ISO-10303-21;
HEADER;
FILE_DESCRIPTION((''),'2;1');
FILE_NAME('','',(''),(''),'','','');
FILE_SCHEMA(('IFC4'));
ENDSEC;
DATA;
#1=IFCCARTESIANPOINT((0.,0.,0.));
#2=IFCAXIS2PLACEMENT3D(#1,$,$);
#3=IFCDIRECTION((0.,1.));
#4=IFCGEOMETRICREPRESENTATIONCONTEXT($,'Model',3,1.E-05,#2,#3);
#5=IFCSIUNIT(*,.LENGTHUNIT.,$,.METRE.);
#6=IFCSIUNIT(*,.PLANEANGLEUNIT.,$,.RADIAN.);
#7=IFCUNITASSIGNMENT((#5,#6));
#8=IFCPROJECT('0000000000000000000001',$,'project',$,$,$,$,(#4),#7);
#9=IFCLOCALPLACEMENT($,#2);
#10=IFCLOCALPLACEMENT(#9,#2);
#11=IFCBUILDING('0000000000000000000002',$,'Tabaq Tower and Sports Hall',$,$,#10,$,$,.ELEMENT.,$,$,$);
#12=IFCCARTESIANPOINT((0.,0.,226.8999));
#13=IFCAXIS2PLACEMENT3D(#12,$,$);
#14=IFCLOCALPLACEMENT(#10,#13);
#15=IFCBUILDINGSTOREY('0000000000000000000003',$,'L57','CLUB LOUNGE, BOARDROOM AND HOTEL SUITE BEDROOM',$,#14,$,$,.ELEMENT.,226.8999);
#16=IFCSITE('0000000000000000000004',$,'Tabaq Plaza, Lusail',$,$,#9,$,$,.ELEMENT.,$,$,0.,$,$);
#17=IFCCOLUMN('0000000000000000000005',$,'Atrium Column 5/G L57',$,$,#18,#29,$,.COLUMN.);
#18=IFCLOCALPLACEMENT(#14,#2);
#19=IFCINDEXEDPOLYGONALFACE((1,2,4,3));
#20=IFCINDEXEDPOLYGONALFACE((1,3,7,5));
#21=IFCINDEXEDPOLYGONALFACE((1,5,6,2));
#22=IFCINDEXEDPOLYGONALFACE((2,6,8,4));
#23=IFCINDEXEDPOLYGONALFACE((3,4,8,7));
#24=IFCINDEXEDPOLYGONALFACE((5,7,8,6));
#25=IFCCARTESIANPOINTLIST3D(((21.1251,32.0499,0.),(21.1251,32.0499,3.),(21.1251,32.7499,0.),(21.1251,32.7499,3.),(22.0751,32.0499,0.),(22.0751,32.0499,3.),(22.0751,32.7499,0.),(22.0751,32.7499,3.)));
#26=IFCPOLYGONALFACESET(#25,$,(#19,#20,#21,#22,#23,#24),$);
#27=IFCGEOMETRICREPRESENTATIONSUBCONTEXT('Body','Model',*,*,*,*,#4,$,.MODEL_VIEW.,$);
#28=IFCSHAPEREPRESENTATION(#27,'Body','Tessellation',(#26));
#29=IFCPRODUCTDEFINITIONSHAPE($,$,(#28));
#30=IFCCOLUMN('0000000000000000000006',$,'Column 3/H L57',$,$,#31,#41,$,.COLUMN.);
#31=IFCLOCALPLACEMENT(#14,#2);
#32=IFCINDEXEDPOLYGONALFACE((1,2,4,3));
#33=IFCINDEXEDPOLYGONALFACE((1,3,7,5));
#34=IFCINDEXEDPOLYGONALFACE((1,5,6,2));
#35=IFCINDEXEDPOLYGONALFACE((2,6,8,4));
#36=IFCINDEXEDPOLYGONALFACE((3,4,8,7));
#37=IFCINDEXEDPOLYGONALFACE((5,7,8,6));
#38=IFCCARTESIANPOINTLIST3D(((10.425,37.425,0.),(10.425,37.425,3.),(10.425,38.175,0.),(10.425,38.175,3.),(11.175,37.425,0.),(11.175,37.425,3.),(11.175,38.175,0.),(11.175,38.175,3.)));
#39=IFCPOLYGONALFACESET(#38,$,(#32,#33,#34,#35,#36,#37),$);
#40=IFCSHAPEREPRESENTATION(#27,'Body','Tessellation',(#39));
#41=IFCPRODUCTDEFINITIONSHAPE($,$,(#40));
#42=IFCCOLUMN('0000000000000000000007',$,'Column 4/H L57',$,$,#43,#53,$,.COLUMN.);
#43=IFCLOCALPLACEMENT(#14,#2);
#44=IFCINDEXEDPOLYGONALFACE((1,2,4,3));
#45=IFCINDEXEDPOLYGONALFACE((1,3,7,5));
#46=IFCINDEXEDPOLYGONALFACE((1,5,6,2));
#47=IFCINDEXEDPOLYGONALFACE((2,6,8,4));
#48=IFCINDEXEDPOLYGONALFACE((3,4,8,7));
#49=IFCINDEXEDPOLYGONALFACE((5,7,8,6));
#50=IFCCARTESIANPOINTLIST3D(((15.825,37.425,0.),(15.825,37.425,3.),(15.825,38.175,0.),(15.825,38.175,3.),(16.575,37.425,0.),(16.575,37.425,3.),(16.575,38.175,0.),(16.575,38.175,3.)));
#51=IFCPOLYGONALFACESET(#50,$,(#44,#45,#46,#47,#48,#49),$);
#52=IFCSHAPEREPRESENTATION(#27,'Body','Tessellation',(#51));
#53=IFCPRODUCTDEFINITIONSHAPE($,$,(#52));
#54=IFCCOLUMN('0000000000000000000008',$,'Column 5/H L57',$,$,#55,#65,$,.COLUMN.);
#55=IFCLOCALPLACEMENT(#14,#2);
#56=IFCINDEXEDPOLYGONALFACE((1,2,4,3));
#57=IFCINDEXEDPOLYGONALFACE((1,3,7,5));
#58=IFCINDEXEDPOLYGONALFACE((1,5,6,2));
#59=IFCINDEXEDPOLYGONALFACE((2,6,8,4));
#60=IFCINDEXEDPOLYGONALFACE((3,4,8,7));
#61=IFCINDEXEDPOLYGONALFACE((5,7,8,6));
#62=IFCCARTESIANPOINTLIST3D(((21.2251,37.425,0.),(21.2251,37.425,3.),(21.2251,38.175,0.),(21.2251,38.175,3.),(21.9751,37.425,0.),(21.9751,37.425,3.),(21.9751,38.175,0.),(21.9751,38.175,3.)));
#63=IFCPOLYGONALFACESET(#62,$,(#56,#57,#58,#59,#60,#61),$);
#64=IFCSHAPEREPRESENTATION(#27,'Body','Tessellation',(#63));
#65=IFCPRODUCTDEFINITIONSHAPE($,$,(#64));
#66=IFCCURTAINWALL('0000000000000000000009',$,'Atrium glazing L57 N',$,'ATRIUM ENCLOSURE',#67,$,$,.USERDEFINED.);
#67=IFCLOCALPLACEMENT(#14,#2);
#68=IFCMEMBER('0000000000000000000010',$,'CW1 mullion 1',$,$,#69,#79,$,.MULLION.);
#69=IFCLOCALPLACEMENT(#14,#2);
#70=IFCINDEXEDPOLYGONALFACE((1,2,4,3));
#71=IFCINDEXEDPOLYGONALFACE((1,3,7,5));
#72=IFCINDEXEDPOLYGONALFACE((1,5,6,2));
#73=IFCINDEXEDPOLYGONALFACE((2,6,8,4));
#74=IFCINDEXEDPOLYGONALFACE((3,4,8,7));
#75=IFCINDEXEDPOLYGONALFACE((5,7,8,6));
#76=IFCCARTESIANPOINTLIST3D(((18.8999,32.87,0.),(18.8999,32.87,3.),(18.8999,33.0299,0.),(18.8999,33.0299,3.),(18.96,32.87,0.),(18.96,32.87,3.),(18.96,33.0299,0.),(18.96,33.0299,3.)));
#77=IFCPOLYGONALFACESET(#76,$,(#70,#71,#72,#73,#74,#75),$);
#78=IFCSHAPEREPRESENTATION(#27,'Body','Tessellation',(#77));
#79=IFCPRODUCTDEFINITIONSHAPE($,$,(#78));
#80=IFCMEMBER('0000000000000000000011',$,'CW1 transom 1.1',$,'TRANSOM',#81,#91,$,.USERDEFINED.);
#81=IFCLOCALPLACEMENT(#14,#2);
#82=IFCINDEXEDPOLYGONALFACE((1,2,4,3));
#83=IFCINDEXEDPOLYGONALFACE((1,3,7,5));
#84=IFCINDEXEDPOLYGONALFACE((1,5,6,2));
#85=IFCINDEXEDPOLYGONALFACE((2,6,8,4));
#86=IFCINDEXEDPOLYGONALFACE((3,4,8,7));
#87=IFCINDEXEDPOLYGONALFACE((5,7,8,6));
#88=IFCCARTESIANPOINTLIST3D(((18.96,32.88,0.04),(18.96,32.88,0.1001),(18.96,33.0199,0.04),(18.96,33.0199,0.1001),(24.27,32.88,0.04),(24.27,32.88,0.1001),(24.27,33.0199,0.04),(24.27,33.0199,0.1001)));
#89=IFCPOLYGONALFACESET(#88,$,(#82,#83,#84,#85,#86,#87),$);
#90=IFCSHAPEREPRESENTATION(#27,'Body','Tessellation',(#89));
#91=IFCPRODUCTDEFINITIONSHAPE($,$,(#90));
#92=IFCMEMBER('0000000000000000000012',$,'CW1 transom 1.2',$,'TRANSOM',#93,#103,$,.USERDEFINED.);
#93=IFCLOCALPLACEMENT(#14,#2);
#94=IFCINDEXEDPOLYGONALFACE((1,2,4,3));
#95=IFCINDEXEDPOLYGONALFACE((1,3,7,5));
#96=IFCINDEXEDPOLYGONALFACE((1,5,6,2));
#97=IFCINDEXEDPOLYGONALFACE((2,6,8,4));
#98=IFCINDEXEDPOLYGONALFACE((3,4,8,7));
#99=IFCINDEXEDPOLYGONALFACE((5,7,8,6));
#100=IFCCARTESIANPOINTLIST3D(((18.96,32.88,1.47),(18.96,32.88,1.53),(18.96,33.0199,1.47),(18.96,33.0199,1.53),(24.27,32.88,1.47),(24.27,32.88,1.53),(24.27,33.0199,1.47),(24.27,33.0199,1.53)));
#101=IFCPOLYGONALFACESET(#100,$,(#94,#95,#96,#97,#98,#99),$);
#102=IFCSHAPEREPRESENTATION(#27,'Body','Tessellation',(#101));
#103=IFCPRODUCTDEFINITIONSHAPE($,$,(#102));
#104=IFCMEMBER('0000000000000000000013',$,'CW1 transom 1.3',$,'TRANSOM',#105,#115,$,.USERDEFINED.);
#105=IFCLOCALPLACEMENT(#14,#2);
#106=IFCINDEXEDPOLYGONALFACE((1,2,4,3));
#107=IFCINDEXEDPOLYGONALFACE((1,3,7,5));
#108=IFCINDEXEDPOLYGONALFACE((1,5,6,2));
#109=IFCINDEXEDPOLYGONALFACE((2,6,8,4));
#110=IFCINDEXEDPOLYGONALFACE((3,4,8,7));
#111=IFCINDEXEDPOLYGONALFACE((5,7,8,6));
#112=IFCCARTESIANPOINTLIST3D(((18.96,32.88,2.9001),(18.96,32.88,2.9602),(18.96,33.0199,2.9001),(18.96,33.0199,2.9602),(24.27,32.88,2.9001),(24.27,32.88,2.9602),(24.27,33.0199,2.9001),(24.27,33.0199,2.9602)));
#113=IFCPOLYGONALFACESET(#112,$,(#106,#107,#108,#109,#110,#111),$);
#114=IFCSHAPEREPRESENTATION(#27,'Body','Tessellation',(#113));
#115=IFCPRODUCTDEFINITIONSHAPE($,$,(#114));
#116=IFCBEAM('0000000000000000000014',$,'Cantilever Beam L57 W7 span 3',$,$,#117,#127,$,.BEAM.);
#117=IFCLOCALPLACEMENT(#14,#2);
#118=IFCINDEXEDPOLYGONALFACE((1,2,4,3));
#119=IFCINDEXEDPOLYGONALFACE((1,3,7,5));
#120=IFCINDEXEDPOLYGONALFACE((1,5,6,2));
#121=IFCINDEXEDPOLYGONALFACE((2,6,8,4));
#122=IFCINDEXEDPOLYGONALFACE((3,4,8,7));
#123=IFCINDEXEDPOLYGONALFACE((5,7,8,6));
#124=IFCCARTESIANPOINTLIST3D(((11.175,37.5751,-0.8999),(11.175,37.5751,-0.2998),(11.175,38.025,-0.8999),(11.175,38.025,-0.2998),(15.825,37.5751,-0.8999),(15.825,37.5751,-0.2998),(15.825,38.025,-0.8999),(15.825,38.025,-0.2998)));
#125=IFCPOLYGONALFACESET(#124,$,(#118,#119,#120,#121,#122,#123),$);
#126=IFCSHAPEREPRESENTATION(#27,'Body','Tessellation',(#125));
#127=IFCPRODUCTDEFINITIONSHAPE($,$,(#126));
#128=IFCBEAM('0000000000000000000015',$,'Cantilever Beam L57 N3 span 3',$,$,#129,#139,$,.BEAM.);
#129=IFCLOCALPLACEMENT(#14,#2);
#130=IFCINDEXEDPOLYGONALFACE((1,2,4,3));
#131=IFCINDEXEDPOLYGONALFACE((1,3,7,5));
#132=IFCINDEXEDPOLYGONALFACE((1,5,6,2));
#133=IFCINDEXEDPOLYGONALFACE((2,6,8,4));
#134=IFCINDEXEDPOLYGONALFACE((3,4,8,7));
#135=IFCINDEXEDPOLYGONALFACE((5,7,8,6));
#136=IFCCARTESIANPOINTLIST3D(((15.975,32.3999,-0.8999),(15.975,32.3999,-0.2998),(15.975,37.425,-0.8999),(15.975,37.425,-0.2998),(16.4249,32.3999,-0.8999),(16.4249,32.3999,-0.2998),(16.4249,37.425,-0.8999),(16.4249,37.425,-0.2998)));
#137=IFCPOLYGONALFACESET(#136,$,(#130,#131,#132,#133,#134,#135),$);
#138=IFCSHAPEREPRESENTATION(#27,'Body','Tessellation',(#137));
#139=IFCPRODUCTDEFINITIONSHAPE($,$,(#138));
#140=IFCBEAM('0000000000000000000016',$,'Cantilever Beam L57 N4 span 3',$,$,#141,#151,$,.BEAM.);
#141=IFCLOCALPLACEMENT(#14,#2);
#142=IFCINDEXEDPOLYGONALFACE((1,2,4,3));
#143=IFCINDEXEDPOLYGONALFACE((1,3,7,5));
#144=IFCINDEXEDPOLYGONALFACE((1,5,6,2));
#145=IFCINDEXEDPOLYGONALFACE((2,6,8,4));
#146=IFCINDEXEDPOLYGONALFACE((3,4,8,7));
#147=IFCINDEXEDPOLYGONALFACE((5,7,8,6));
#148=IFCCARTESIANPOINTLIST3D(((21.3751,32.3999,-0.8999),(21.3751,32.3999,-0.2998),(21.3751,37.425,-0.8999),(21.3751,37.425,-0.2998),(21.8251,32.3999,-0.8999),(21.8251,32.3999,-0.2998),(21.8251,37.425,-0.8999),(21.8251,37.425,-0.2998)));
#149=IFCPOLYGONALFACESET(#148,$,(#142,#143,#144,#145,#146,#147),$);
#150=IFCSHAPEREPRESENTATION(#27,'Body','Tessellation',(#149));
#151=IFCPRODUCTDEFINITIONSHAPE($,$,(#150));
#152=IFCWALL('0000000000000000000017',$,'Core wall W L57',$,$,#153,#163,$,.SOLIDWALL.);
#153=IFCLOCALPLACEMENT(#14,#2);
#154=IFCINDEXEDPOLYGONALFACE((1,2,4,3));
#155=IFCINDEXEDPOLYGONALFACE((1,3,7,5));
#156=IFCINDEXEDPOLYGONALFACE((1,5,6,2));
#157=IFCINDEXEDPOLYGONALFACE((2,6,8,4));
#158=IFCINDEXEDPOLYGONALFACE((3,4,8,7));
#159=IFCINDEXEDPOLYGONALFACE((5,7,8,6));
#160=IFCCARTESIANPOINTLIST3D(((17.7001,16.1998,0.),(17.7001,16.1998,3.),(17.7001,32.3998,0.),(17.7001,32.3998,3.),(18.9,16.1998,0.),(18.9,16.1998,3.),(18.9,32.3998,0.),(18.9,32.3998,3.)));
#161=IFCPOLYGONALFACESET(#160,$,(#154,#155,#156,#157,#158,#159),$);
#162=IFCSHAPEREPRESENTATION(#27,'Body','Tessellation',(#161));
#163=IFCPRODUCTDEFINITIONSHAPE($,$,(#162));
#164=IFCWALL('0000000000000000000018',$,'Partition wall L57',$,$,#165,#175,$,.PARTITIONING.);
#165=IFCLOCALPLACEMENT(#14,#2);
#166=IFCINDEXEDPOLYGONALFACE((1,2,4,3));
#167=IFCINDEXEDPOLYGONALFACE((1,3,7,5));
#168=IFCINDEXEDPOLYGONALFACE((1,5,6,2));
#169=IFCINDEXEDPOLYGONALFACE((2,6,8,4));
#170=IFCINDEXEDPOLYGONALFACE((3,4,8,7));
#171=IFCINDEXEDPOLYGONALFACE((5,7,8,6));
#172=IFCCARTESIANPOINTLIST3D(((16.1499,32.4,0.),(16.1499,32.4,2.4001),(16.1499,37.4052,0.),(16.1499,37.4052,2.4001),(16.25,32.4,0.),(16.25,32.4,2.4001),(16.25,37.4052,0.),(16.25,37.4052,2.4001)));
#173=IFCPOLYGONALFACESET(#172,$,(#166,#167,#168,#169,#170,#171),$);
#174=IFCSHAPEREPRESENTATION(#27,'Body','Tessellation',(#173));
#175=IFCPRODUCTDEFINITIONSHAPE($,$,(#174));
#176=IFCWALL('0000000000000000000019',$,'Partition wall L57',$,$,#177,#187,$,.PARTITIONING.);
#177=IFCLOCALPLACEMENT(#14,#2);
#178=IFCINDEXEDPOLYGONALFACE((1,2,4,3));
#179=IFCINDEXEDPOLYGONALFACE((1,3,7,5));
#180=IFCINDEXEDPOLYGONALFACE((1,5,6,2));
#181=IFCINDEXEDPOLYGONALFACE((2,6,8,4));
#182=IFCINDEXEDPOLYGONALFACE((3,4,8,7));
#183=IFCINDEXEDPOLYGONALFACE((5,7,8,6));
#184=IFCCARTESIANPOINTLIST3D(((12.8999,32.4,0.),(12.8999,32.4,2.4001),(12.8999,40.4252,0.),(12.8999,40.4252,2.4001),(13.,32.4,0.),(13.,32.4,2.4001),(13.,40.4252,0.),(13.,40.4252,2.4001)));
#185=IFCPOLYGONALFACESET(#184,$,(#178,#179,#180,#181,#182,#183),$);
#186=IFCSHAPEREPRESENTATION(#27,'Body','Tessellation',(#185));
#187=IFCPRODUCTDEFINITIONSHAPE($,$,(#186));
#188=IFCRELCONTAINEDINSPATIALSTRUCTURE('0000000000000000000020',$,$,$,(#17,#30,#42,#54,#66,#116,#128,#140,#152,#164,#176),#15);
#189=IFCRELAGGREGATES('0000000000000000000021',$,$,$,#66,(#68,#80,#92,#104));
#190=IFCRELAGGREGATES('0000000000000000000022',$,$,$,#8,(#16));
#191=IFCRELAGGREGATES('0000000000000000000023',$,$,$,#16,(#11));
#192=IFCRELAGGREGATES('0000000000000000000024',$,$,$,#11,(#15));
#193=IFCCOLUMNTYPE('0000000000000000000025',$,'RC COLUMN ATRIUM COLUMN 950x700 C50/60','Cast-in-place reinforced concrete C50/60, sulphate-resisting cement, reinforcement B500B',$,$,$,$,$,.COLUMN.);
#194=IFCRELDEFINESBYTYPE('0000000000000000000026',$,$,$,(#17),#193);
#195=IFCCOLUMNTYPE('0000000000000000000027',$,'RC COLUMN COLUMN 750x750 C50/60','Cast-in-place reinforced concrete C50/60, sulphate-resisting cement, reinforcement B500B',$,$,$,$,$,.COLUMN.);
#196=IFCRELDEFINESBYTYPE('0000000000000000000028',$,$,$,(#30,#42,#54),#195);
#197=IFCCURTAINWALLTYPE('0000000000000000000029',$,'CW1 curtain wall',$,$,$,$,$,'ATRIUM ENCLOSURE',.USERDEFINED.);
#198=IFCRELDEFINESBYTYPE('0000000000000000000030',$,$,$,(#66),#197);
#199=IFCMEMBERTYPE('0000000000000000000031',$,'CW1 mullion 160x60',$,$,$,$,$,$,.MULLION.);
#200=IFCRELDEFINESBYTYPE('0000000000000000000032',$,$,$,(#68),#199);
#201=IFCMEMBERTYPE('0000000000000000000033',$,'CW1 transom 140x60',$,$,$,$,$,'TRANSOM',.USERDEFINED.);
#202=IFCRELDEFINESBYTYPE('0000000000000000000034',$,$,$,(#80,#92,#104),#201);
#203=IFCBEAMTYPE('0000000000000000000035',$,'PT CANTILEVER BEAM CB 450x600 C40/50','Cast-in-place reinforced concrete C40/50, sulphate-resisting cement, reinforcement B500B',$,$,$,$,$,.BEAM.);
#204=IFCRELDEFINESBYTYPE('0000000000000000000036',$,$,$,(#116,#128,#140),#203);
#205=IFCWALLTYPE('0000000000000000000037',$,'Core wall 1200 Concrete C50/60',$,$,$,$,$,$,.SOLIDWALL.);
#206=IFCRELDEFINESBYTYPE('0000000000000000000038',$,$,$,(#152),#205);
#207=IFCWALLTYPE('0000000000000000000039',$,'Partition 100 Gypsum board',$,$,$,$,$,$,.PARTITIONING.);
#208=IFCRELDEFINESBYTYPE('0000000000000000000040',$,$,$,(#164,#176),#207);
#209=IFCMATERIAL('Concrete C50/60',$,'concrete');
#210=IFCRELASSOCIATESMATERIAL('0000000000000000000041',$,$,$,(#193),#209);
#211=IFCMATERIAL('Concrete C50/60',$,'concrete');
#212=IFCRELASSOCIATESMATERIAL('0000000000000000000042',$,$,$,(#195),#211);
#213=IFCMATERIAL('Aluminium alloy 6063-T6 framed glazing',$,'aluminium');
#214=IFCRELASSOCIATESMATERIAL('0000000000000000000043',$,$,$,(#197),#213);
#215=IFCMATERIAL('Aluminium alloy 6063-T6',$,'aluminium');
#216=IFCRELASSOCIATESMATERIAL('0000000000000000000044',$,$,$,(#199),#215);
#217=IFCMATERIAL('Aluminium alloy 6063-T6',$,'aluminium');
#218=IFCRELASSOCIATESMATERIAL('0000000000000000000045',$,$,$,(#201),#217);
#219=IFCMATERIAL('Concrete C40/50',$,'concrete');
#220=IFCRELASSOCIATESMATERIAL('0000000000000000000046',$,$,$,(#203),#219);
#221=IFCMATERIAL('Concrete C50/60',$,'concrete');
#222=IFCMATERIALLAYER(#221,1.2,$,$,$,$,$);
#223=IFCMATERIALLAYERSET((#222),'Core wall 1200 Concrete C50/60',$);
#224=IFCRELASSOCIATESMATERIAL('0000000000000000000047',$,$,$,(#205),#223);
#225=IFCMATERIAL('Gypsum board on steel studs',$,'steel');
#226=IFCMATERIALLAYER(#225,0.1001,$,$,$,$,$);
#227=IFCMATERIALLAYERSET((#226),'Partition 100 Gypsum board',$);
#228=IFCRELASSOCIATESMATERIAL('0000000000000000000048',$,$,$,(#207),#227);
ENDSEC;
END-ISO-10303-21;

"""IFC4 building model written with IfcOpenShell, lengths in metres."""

from ifc_helpers import new_model, si_unit, direction, frame, frame_2d, origin, origin_2d, place, context, subcontext, project, spatial, rectangle, extrude, material, layer, layer_set, material_profile, profile_set, type_object, element, aggregate, save


model = new_model("IFC4")

# Units and contexts
model_context = context("Model", 3, precision=1e-05, world=origin(), true_north=direction((0.0, 1.0)))
body_context = subcontext(model_context, "Body", "Model", "MODEL_VIEW")
ifc_project = project(units=[si_unit("LENGTHUNIT", "METRE"), si_unit("PLANEANGLEUNIT", "RADIAN")], contexts=[model_context])

# Site, building, storey
site_placement = place(None, origin())
site = spatial("IfcSite", under=ifc_project, at=site_placement, Name="Tabaq Plaza, Lusail", CompositionType="ELEMENT", RefElevation=0.0)
building_placement = place(site_placement, origin())
building = spatial("IfcBuilding", under=site, at=building_placement, Name="Tabaq Tower and Sports Hall", CompositionType="ELEMENT")
storey_placement = place(building_placement, frame((0.0, 0.0, 226.8999)))
storey = spatial("IfcBuildingStorey", under=building, at=storey_placement, Name="L57", Description="CLUB LOUNGE, BOARDROOM AND HOTEL SUITE BEDROOM", CompositionType="ELEMENT", Elevation=226.8999)

# Columns
ifc_material_1 = material(Name="Concrete C50/60", Category="concrete")
ifc_material_profile_1 = material_profile(ifc_material_1, rectangle(XDim=0.95, YDim=0.7, at=origin_2d()), Name="ATRIUM COLUMN 950x700")
ifc_profile_set_1 = profile_set([ifc_material_profile_1], Name="Concrete C50/60")
column_type_1 = type_object("IfcColumnType", Name="RC COLUMN ATRIUM COLUMN 950x700 C50/60", Description="Cast-in-place reinforced concrete C50/60, sulphate-resisting cement, reinforcement B500B", PredefinedType="COLUMN", material=ifc_profile_set_1)
column_placement = place(storey_placement, frame((21.6001, 32.3999, 0.0), z_axis=(0.0, 0.0, 1.0), x_axis=(1.0, 0.0, 0.0)))
element("IfcColumn", 1, at=column_placement, inside=storey, type_object=column_type_1, Name="Atrium Column 5/G L57", PredefinedType="COLUMN", context=body_context, shape_type="SweptSolid", body=[
    extrude(rectangle(XDim=0.95, YDim=0.7, at=origin_2d()), origin(), (0.0, 0.0, 1.0), 3.0),
])
ifc_material_2 = material(Name="Concrete C50/60", Category="concrete")
ifc_material_profile_2 = material_profile(ifc_material_2, rectangle(XDim=0.75, YDim=0.75, at=origin_2d()), Name="COLUMN 750x750")
ifc_profile_set_2 = profile_set([ifc_material_profile_2], Name="Concrete C50/60")
column_type_2 = type_object("IfcColumnType", Name="RC COLUMN COLUMN 750x750 C50/60", Description="Cast-in-place reinforced concrete C50/60, sulphate-resisting cement, reinforcement B500B", PredefinedType="COLUMN", material=ifc_profile_set_2)
for number, where, z_axis, x_axis, name in (
    (2, (10.8, 37.8, 0.0), (0.0, 0.0, 1.0), (1.0, 0.0, 0.0), "Column 3/H L57"),
    (3, (16.2, 37.8, 0.0), (0.0, 0.0, 1.0), (1.0, 0.0, 0.0), "Column 4/H L57"),
    (4, (21.6001, 37.8, 0.0), (0.0, 0.0, 1.0), (1.0, 0.0, 0.0), "Column 5/H L57"),
):
    element("IfcColumn", number, at=place(storey_placement, frame(where, z_axis=z_axis, x_axis=x_axis)), inside=storey, type_object=column_type_2, Name=name, PredefinedType="COLUMN", context=body_context, shape_type="SweptSolid", body=[
        extrude(rectangle(XDim=0.75, YDim=0.75, at=origin_2d()), origin(), (0.0, 0.0, 1.0), 3.0),
    ])

# Curtain wall, members
ifc_material_3 = material(Name="Aluminium alloy 6063-T6 framed glazing", Category="aluminium")
curtain_wall_type = type_object("IfcCurtainWallType", Name="CW1 curtain wall", ElementType="ATRIUM ENCLOSURE", PredefinedType="USERDEFINED", material=ifc_material_3)
curtain_wall_placement = place(storey_placement, origin())
curtain_wall = element("IfcCurtainWall", 5, at=curtain_wall_placement, inside=storey, type_object=curtain_wall_type, Name="Atrium glazing L57 N", ObjectType="ATRIUM ENCLOSURE", PredefinedType="USERDEFINED")
ifc_material_4 = material(Name="Aluminium alloy 6063-T6", Category="aluminium")
ifc_material_profile_3 = material_profile(ifc_material_4, rectangle(XDim=0.1599, YDim=0.0601, at=origin_2d()), Name="MULLION 160x60")
ifc_profile_set_3 = profile_set([ifc_material_profile_3], Name="Aluminium alloy 6063-T6")
member_type_1 = type_object("IfcMemberType", Name="CW1 mullion 160x60", PredefinedType="MULLION", material=ifc_profile_set_3)
member_1_placement = place(storey_placement, frame((18.9299, 32.95, 0.0), z_axis=(0.0, 0.0, 1.0), x_axis=(0.0, 1.0, 0.0)))
member_1 = element("IfcMember", 6, at=member_1_placement, type_object=member_type_1, Name="CW1 mullion 1", PredefinedType="MULLION", context=body_context, shape_type="SweptSolid", body=[
    extrude(rectangle(XDim=0.1599, YDim=0.0601, at=origin_2d()), origin(), (0.0, 0.0, 1.0), 3.0),
])
ifc_material_5 = material(Name="Aluminium alloy 6063-T6", Category="aluminium")
ifc_material_profile_4 = material_profile(ifc_material_5, rectangle(XDim=0.1399, YDim=0.0601, at=origin_2d()), Name="TRANSOM 140x60")
ifc_profile_set_4 = profile_set([ifc_material_profile_4], Name="Aluminium alloy 6063-T6")
member_type_2 = type_object("IfcMemberType", Name="CW1 transom 140x60", ElementType="TRANSOM", PredefinedType="USERDEFINED", material=ifc_profile_set_4)
member_2_placement = place(storey_placement, frame((18.96, 32.95, 0.0701), z_axis=(1.0, 0.0, 0.0), x_axis=(0.0, 1.0, 0.0)))
member_2 = element("IfcMember", 7, at=member_2_placement, type_object=member_type_2, Name="CW1 transom 1.1", ObjectType="TRANSOM", PredefinedType="USERDEFINED", context=body_context, shape_type="SweptSolid", body=[
    extrude(rectangle(XDim=0.1399, YDim=0.0601, at=origin_2d()), origin(), (0.0, 0.0, 1.0), 5.3101),
])
member_3_placement = place(storey_placement, frame((18.96, 32.95, 1.5), z_axis=(1.0, 0.0, 0.0), x_axis=(0.0, 1.0, 0.0)))
member_3 = element("IfcMember", 8, at=member_3_placement, type_object=member_type_2, Name="CW1 transom 1.2", ObjectType="TRANSOM", PredefinedType="USERDEFINED", context=body_context, shape_type="SweptSolid", body=[
    extrude(rectangle(XDim=0.1399, YDim=0.0601, at=origin_2d()), origin(), (0.0, 0.0, 1.0), 5.3101),
])
member_4_placement = place(storey_placement, frame((18.96, 32.95, 2.9302), z_axis=(1.0, 0.0, 0.0), x_axis=(0.0, 1.0, 0.0)))
member_4 = element("IfcMember", 9, at=member_4_placement, type_object=member_type_2, Name="CW1 transom 1.3", ObjectType="TRANSOM", PredefinedType="USERDEFINED", context=body_context, shape_type="SweptSolid", body=[
    extrude(rectangle(XDim=0.1399, YDim=0.0601, at=origin_2d()), origin(), (0.0, 0.0, 1.0), 5.3101),
])
aggregate(curtain_wall, [member_1, member_2, member_3, member_4])

# Beams
ifc_material_6 = material(Name="Concrete C40/50", Category="concrete")
ifc_material_profile_5 = material_profile(ifc_material_6, rectangle(XDim=0.45, YDim=0.6001, at=origin_2d()), Name="CB 450x600")
ifc_profile_set_5 = profile_set([ifc_material_profile_5], Name="Concrete C40/50")
beam_type = type_object("IfcBeamType", Name="PT CANTILEVER BEAM CB 450x600 C40/50", Description="Cast-in-place reinforced concrete C40/50, sulphate-resisting cement, reinforcement B500B", PredefinedType="BEAM", material=ifc_profile_set_5)
beam_placement = place(storey_placement, frame((11.175, 37.8, -0.5999), z_axis=(1.0, 0.0, 0.0), x_axis=(0.0, 1.0, 0.0)))
element("IfcBeam", 10, at=beam_placement, inside=storey, type_object=beam_type, Name="Cantilever Beam L57 W7 span 3", PredefinedType="BEAM", context=body_context, shape_type="SweptSolid", body=[
    extrude(rectangle(XDim=0.45, YDim=0.6001, at=origin_2d()), origin(), (0.0, 0.0, 1.0), 4.6499),
])
for number, where, z_axis, x_axis, name in (
    (11, (16.2, 37.425, -0.5999), (0.0, -1.0, 0.0), (1.0, 0.0, 0.0), "Cantilever Beam L57 N3 span 3"),
    (12, (21.6001, 37.425, -0.5999), (0.0, -1.0, 0.0), (1.0, 0.0, 0.0), "Cantilever Beam L57 N4 span 3"),
):
    element("IfcBeam", number, at=place(storey_placement, frame(where, z_axis=z_axis, x_axis=x_axis)), inside=storey, type_object=beam_type, Name=name, PredefinedType="BEAM", context=body_context, shape_type="SweptSolid", body=[
        extrude(rectangle(XDim=0.45, YDim=0.6001, at=origin_2d()), origin(), (0.0, 0.0, 1.0), 5.0251),
    ])

# Walls
ifc_material_7 = material(Name="Concrete C50/60", Category="concrete")
ifc_layer_1 = layer(ifc_material_7, 1.2)
ifc_layer_set_1 = layer_set([ifc_layer_1], Name="Core wall 1200 Concrete C50/60")
wall_type_1 = type_object("IfcWallType", Name="Core wall 1200 Concrete C50/60", PredefinedType="SOLIDWALL", material=ifc_layer_set_1)
wall_1_placement = place(storey_placement, frame((18.3, 32.3999, 0.0), z_axis=(0.0, 0.0, 1.0), x_axis=(0.0, -1.0, 0.0)))
element("IfcWall", 13, at=wall_1_placement, inside=storey, type_object=wall_type_1, Name="Core wall W L57", PredefinedType="SOLIDWALL", context=body_context, shape_type="SweptSolid", body=[
    extrude(rectangle(XDim=16.2, YDim=1.2, at=frame_2d((8.1001, 0.0))), origin(), (0.0, 0.0, 1.0), 3.0),
])
ifc_material_8 = material(Name="Gypsum board on steel studs", Category="steel")
ifc_layer_2 = layer(ifc_material_8, 0.1001)
ifc_layer_set_2 = layer_set([ifc_layer_2], Name="Partition 100 Gypsum board")
wall_type_2 = type_object("IfcWallType", Name="Partition 100 Gypsum board", PredefinedType="PARTITIONING", material=ifc_layer_set_2)
wall_2_placement = place(storey_placement, frame((16.2, 37.405, 0.0), z_axis=(0.0, 0.0, 1.0), x_axis=(0.0, -1.0, 0.0)))
element("IfcWall", 14, at=wall_2_placement, inside=storey, type_object=wall_type_2, Name="Partition wall L57", PredefinedType="PARTITIONING", context=body_context, shape_type="SweptSolid", body=[
    extrude(rectangle(XDim=5.0051, YDim=0.1001, at=frame_2d((2.5024, 0.0))), origin(), (0.0, 0.0, 1.0), 2.4001),
])
wall_3_placement = place(storey_placement, frame((12.95, 32.3999, 0.0), z_axis=(0.0, 0.0, 1.0), x_axis=(0.0, 1.0, 0.0)))
element("IfcWall", 15, at=wall_3_placement, inside=storey, type_object=wall_type_2, Name="Partition wall L57", PredefinedType="PARTITIONING", context=body_context, shape_type="SweptSolid", body=[
    extrude(rectangle(XDim=8.0251, YDim=0.1001, at=frame_2d((4.0127, 0.0))), origin(), (0.0, 0.0, 1.0), 2.4001),
])

save(model, "model.ifc")
